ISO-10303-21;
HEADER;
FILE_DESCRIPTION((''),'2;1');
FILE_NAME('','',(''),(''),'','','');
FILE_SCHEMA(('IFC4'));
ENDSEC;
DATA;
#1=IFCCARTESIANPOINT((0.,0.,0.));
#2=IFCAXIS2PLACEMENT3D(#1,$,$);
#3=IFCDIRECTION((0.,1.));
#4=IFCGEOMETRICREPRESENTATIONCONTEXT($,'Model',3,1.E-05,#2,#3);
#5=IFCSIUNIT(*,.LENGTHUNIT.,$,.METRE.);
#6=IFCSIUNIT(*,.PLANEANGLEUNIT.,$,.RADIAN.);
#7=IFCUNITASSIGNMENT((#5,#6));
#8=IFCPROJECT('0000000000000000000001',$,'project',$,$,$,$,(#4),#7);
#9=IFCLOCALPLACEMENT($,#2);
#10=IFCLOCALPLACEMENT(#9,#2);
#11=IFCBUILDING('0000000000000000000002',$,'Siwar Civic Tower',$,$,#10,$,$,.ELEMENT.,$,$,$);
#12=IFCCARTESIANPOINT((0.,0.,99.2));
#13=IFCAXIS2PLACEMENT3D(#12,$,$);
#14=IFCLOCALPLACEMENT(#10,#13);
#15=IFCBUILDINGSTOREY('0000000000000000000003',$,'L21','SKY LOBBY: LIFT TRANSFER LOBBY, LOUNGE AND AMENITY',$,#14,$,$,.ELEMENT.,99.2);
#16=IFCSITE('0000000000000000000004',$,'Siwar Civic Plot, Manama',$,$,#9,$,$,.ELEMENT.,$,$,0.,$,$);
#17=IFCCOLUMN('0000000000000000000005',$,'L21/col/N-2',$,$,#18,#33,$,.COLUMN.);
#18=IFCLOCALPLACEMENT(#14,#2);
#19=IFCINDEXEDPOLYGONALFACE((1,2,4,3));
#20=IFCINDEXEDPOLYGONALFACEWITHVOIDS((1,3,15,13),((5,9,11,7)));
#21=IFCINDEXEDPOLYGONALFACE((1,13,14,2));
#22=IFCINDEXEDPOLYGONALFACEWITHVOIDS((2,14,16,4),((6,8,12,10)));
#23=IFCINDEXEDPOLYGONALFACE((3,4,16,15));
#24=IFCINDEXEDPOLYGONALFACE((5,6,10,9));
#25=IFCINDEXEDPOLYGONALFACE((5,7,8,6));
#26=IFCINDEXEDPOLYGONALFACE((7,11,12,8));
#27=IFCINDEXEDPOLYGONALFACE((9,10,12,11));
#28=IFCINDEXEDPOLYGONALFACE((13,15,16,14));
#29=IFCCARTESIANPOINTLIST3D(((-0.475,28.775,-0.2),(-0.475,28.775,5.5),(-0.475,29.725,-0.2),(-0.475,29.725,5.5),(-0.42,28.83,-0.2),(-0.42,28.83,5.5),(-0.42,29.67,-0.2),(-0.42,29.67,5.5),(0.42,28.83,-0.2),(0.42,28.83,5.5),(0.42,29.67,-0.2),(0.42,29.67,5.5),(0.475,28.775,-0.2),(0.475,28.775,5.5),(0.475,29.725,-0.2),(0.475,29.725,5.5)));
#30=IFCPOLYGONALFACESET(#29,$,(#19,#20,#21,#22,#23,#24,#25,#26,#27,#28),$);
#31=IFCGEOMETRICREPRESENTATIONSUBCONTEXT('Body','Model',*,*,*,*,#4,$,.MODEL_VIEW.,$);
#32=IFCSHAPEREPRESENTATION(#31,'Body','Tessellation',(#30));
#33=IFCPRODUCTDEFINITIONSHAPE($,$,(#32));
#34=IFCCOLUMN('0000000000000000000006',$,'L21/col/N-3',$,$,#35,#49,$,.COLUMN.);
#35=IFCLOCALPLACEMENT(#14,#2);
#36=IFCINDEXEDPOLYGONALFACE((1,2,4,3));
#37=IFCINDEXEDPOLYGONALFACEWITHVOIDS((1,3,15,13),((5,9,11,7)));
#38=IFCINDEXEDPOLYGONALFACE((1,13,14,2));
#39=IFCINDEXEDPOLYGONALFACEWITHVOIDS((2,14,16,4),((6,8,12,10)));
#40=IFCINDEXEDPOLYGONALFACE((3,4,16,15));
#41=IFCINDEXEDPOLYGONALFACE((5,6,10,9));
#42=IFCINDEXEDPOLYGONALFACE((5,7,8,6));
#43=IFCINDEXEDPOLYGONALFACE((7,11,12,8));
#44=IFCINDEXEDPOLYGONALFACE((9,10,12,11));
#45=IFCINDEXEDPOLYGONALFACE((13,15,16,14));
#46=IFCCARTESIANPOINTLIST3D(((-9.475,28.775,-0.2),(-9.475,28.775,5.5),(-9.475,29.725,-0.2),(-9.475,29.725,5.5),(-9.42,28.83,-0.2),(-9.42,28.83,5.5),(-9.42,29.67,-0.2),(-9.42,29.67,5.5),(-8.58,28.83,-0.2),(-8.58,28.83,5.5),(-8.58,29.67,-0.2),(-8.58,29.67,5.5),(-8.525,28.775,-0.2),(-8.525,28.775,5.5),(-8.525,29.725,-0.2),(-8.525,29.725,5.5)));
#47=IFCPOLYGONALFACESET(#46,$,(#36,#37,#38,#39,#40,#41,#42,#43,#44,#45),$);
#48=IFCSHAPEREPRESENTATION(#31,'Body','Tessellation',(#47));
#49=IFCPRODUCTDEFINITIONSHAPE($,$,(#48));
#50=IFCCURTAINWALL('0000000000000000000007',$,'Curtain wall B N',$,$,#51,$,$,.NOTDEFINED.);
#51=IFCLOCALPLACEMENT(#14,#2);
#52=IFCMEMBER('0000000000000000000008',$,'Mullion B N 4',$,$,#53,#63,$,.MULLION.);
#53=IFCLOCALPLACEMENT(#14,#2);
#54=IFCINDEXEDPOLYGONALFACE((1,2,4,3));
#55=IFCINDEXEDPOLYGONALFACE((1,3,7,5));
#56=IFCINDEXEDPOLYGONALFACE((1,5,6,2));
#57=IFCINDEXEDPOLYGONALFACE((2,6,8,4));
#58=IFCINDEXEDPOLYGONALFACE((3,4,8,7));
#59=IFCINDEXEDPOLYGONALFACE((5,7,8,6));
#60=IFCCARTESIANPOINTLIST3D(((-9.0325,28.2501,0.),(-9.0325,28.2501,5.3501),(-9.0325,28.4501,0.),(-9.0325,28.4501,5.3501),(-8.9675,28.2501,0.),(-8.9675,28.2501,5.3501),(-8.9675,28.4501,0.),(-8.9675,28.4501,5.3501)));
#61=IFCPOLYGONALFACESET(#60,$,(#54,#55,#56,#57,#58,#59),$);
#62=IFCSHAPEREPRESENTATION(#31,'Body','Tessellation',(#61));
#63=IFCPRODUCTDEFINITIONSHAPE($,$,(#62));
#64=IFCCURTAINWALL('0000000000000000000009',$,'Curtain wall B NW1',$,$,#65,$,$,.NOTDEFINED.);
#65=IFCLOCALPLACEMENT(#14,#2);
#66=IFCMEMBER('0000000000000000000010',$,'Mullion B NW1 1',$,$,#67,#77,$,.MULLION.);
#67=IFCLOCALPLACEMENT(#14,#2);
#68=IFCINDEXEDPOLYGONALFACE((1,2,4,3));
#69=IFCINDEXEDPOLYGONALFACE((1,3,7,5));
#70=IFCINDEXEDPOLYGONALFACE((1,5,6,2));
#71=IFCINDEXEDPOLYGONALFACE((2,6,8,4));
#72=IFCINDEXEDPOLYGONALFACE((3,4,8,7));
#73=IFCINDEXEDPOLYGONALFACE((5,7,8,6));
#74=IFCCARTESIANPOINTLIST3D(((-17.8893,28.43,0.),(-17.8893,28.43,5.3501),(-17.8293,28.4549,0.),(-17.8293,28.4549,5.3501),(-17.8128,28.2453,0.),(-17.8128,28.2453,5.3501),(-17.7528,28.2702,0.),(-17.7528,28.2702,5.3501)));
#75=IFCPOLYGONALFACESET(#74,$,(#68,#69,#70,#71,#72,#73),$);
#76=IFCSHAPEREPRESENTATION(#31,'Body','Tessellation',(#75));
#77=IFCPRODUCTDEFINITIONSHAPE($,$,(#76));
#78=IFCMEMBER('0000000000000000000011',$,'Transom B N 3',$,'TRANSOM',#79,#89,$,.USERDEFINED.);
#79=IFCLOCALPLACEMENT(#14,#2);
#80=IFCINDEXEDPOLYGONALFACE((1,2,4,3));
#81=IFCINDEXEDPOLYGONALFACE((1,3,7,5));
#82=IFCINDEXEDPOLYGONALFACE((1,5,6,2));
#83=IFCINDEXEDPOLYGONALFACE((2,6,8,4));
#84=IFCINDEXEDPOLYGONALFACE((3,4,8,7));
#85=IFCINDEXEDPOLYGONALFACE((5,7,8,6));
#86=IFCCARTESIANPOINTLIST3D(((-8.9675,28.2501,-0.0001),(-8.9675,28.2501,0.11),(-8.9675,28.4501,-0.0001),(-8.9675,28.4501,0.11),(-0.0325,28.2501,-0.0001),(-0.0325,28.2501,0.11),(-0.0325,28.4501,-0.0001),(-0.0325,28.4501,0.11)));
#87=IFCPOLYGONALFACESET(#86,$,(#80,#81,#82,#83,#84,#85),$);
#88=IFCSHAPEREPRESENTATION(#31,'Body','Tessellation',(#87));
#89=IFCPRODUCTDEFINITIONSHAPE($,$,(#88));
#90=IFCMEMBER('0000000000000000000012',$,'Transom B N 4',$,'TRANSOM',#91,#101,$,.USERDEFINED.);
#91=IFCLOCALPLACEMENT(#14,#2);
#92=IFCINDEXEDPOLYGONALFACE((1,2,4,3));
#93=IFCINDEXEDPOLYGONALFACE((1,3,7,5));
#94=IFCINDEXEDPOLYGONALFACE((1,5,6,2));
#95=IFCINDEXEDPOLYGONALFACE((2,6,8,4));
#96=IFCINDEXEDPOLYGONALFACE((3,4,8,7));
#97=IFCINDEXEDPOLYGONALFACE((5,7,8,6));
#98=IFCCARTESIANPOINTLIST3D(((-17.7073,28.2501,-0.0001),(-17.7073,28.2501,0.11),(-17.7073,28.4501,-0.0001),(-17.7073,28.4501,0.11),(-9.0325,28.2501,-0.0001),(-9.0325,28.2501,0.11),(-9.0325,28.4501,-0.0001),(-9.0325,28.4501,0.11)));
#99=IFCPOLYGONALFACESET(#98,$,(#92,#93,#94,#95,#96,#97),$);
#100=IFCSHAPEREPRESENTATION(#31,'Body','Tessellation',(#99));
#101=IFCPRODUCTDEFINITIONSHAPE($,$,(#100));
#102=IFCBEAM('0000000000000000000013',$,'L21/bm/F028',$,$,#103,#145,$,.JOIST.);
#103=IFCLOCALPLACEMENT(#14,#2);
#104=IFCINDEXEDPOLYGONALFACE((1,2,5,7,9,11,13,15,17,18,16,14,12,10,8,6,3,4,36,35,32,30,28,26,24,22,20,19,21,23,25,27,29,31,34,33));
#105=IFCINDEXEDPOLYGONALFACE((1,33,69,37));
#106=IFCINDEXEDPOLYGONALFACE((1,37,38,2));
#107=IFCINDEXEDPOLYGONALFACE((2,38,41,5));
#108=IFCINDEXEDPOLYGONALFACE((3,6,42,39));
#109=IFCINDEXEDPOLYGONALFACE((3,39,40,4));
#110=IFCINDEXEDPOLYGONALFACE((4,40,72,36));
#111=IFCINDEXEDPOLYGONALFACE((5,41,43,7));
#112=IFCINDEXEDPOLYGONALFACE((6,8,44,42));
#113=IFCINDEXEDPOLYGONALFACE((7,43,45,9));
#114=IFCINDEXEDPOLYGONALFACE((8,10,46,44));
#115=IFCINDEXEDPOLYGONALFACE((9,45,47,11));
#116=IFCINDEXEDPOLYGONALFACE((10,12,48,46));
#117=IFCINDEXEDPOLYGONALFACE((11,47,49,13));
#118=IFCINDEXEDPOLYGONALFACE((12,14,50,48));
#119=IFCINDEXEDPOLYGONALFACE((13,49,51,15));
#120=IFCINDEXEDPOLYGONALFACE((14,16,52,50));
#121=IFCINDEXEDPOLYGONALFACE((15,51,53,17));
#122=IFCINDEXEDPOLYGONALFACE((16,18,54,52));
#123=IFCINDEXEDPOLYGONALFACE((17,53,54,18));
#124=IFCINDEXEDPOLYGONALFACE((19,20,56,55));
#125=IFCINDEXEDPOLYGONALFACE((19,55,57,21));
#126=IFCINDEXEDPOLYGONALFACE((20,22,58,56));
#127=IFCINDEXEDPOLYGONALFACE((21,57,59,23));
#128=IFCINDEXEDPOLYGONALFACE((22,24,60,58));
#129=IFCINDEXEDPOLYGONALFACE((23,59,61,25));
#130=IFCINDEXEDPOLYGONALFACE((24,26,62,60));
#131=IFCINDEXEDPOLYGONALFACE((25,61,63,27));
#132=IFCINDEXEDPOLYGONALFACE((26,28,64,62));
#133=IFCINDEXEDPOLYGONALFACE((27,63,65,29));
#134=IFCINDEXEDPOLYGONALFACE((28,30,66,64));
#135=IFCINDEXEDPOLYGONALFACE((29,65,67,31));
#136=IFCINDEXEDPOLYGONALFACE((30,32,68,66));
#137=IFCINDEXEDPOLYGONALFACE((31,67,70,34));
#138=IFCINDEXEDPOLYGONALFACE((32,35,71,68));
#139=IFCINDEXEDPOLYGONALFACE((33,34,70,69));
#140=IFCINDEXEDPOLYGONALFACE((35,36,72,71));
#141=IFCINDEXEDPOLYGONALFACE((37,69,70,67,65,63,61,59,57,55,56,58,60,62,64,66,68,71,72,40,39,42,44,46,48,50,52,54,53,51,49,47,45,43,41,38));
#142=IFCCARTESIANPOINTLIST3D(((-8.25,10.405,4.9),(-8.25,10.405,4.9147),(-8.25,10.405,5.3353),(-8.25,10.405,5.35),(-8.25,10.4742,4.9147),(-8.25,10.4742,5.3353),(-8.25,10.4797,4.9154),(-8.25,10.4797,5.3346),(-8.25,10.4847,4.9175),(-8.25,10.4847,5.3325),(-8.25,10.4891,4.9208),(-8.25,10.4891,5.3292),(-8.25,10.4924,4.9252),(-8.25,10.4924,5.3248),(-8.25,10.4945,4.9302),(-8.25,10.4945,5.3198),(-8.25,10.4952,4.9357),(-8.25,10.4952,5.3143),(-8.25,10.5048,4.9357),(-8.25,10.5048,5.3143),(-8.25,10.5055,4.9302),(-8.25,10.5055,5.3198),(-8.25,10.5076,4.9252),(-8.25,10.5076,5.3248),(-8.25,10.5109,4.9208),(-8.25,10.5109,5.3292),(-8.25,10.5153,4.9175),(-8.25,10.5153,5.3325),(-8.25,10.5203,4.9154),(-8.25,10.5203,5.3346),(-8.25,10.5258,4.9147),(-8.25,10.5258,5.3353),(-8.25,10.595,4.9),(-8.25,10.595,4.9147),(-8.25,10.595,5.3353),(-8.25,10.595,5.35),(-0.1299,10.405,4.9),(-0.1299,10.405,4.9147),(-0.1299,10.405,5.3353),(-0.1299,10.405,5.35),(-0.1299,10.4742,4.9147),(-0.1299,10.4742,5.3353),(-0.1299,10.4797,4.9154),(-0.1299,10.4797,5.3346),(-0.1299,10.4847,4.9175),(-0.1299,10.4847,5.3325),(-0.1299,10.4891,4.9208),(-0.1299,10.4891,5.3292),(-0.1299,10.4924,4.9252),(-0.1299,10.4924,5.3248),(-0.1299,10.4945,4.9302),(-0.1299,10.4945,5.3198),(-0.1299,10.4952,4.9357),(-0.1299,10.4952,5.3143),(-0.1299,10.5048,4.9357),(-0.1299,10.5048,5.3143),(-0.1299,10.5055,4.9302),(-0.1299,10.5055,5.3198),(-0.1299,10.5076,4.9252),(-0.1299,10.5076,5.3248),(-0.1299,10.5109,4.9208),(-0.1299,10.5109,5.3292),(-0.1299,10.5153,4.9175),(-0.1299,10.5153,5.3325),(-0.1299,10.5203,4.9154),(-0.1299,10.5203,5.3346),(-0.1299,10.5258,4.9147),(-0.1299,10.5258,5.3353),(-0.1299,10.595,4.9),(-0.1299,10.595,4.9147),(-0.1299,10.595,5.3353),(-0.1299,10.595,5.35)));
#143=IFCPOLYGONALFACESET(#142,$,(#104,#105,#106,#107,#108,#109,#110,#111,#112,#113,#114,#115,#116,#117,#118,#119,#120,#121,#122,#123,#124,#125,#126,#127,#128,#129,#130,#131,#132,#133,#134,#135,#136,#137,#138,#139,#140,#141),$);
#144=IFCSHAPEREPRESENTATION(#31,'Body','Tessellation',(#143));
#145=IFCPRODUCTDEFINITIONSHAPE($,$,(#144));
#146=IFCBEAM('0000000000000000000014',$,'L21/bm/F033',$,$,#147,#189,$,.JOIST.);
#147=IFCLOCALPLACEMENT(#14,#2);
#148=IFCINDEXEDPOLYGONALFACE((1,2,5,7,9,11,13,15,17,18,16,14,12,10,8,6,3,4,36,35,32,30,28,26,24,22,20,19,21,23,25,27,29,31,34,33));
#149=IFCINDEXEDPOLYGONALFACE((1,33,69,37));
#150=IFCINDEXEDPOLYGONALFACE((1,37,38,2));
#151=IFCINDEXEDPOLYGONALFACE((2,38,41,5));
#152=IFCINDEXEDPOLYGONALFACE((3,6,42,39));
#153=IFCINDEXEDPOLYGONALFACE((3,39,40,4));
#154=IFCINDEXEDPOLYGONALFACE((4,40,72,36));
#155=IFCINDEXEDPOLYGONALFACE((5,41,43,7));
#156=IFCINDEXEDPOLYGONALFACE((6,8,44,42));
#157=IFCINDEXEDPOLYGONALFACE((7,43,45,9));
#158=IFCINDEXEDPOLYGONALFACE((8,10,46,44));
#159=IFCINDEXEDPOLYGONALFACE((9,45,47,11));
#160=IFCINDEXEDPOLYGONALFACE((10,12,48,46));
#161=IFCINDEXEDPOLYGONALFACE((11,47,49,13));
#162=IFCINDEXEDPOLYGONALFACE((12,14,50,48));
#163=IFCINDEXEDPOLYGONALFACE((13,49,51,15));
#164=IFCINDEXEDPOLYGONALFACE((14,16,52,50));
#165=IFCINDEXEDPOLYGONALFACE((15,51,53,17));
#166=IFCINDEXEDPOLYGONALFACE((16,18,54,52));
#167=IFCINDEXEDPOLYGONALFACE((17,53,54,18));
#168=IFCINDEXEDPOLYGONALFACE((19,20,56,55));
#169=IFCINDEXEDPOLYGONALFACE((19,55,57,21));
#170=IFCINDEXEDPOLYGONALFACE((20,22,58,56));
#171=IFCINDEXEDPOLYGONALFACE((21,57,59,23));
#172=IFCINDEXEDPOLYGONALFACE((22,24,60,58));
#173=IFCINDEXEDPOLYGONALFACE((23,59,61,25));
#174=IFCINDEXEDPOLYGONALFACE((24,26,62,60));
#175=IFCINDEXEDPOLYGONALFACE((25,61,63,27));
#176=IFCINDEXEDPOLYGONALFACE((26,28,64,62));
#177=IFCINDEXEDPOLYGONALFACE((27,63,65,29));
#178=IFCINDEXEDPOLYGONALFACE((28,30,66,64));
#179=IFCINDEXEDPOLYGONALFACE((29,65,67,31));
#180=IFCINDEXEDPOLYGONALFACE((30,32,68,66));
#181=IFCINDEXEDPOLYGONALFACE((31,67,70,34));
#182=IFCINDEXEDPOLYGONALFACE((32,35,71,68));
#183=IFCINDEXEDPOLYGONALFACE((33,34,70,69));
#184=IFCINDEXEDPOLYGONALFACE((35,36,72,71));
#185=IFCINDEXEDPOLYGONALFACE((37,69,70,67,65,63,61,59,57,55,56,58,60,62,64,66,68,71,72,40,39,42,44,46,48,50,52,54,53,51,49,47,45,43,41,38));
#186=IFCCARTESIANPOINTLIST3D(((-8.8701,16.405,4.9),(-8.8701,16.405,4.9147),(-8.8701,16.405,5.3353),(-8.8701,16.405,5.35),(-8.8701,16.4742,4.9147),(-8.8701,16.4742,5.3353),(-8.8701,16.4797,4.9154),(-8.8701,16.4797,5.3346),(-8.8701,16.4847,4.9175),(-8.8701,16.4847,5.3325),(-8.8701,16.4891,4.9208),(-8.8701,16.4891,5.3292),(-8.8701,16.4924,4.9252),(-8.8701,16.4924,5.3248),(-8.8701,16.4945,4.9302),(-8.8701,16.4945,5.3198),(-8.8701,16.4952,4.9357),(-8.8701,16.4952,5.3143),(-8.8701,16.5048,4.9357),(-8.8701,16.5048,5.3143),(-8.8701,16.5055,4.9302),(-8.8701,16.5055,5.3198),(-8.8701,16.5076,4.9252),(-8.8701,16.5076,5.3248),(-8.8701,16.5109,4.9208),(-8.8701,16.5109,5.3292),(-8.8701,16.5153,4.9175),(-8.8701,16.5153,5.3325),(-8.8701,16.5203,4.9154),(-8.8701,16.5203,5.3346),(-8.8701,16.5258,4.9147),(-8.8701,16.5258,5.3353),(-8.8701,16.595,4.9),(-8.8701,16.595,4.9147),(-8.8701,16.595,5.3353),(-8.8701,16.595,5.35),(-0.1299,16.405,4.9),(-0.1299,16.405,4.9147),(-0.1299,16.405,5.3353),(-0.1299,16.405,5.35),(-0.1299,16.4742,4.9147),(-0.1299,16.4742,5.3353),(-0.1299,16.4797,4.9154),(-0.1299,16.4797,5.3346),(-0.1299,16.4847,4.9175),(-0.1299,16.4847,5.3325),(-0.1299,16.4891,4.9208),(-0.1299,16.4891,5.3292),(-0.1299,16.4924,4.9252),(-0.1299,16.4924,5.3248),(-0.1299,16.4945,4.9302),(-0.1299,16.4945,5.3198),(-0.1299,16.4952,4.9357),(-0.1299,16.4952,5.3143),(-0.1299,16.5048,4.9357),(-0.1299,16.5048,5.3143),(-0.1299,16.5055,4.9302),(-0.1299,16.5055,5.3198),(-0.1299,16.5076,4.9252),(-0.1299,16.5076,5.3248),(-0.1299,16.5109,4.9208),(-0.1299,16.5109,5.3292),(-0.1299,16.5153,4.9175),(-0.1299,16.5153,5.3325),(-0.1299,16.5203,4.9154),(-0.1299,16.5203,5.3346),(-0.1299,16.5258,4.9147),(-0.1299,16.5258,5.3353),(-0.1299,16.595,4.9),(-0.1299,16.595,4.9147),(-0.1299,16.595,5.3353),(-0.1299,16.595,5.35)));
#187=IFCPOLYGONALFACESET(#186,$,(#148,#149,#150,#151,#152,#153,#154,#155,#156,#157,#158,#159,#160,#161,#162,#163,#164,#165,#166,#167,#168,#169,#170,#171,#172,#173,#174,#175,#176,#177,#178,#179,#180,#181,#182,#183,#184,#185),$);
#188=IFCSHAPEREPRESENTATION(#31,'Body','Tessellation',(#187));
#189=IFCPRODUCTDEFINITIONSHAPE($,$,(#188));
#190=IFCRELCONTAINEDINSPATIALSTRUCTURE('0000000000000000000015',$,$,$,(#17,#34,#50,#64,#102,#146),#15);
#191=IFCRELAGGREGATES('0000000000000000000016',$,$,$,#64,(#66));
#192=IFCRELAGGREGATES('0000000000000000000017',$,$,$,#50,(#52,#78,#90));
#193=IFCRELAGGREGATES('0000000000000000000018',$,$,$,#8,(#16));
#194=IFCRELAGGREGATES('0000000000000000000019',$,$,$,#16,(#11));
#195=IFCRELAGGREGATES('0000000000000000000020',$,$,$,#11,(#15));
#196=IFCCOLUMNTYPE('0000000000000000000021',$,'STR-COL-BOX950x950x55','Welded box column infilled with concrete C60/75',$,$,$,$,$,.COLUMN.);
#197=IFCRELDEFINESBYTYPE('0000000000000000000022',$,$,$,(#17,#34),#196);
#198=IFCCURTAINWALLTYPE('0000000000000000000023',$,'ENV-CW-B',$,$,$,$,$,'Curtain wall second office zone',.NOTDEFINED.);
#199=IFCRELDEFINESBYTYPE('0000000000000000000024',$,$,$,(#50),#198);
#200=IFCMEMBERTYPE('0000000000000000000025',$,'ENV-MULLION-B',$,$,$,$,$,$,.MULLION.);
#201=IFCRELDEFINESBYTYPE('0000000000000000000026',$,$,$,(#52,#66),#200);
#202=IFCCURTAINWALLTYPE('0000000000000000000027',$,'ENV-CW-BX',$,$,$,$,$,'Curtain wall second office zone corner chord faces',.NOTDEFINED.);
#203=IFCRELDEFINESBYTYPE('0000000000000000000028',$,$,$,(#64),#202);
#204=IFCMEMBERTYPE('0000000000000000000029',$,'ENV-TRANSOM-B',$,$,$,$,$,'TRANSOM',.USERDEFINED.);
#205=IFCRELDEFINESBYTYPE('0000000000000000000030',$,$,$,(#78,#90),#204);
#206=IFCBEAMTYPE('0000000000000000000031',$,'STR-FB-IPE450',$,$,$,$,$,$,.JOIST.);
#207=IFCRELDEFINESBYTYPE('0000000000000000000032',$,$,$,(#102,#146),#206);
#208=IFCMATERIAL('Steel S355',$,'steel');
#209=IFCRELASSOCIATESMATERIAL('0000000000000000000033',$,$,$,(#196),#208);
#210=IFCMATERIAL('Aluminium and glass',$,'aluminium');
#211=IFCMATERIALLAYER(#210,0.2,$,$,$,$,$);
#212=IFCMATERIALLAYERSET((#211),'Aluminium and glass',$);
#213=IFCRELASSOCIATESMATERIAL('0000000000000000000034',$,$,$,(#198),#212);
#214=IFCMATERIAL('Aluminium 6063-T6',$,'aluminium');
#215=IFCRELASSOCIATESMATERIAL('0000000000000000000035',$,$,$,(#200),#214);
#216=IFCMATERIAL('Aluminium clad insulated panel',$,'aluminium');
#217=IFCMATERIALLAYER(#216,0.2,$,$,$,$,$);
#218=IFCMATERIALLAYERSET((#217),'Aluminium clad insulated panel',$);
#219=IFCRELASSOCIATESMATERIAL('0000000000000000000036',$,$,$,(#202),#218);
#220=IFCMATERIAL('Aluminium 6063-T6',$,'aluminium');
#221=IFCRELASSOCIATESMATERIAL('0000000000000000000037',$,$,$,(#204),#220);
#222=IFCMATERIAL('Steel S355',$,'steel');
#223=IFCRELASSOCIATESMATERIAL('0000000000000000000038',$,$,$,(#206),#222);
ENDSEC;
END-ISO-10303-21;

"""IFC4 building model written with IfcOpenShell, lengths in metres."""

from ifc_helpers import new_model, si_unit, direction, frame, origin, origin_2d, place, context, subcontext, project, spatial, rectangle, hollow_rectangle, i_section, extrude, material, layer, layer_set, material_profile, profile_set, type_object, element, aggregate, save


model = new_model("IFC4")

# Units and contexts
model_context = context("Model", 3, precision=1e-05, world=origin(), true_north=direction((0.0, 1.0)))
body_context = subcontext(model_context, "Body", "Model", "MODEL_VIEW")
ifc_project = project(units=[si_unit("LENGTHUNIT", "METRE"), si_unit("PLANEANGLEUNIT", "RADIAN")], contexts=[model_context])

# Site, building, storey
site_placement = place(None, origin())
site = spatial("IfcSite", under=ifc_project, at=site_placement, Name="Siwar Civic Plot, Manama", CompositionType="ELEMENT", RefElevation=0.0)
building_placement = place(site_placement, origin())
building = spatial("IfcBuilding", under=site, at=building_placement, Name="Siwar Civic Tower", CompositionType="ELEMENT")
storey_placement = place(building_placement, frame((0.0, 0.0, 99.2)))
storey = spatial("IfcBuildingStorey", under=building, at=storey_placement, Name="L21", Description="SKY LOBBY: LIFT TRANSFER LOBBY, LOUNGE AND AMENITY", CompositionType="ELEMENT", Elevation=99.2)

# Columns
ifc_material_1 = material(Name="Steel S355", Category="steel")
ifc_material_profile_1 = material_profile(ifc_material_1, hollow_rectangle(XDim=0.95, YDim=0.95, WallThickness=0.0549, at=origin_2d()), Name="BOX950x950x55")
ifc_profile_set_1 = profile_set([ifc_material_profile_1], Name="Steel S355")
column_type = type_object("IfcColumnType", Name="STR-COL-BOX950x950x55", Description="Welded box column infilled with concrete C60/75", PredefinedType="COLUMN", material=ifc_profile_set_1)
for number, where, z_axis, x_axis, name in (
    (1, (0.0, 29.25, -0.2), (0.0, 0.0, 1.0), (1.0, 0.0, 0.0), "L21/col/N-2"),
    (2, (-9.0, 29.25, -0.2), (0.0, 0.0, 1.0), (1.0, 0.0, 0.0), "L21/col/N-3"),
):
    element("IfcColumn", number, at=place(storey_placement, frame(where, z_axis=z_axis, x_axis=x_axis)), inside=storey, type_object=column_type, Name=name, PredefinedType="COLUMN", context=body_context, shape_type="SweptSolid", body=[
        extrude(hollow_rectangle(XDim=0.95, YDim=0.95, WallThickness=0.0549, at=origin_2d()), origin(), (0.0, 0.0, 1.0), 5.7),
    ])

# Curtain walls, members
ifc_material_2 = material(Name="Aluminium and glass", Category="aluminium")
ifc_layer_1 = layer(ifc_material_2, 0.2)
ifc_layer_set_1 = layer_set([ifc_layer_1], Name="Aluminium and glass")
curtain_wall_type_1 = type_object("IfcCurtainWallType", Name="ENV-CW-B", ElementType="Curtain wall second office zone", PredefinedType="NOTDEFINED", material=ifc_layer_set_1)
curtain_wall_1_placement = place(storey_placement, origin())
curtain_wall_1 = element("IfcCurtainWall", 3, at=curtain_wall_1_placement, inside=storey, type_object=curtain_wall_type_1, Name="Curtain wall B N", PredefinedType="NOTDEFINED")
ifc_material_3 = material(Name="Aluminium 6063-T6", Category="aluminium")
ifc_material_profile_2 = material_profile(ifc_material_3, rectangle(XDim=0.2, YDim=0.0649, at=origin_2d()), Name="AL 200x65")
ifc_profile_set_2 = profile_set([ifc_material_profile_2], Name="Aluminium 6063-T6")
member_type_1 = type_object("IfcMemberType", Name="ENV-MULLION-B", PredefinedType="MULLION", material=ifc_profile_set_2)
member_1_placement = place(storey_placement, frame((-9.0, 28.3501, 0.0), z_axis=(0.0, 0.0, 1.0), x_axis=(0.0, -1.0, 0.0)))
member_1 = element("IfcMember", 4, at=member_1_placement, type_object=member_type_1, Name="Mullion B N 4", PredefinedType="MULLION", context=body_context, shape_type="SweptSolid", body=[
    extrude(rectangle(XDim=0.2, YDim=0.0649, at=origin_2d()), origin(), (0.0, 0.0, 1.0), 5.3501),
])
ifc_material_4 = material(Name="Aluminium clad insulated panel", Category="aluminium")
ifc_layer_2 = layer(ifc_material_4, 0.2)
ifc_layer_set_2 = layer_set([ifc_layer_2], Name="Aluminium clad insulated panel")
curtain_wall_type_2 = type_object("IfcCurtainWallType", Name="ENV-CW-BX", ElementType="Curtain wall second office zone corner chord faces", PredefinedType="NOTDEFINED", material=ifc_layer_set_2)
curtain_wall_2_placement = place(storey_placement, origin())
curtain_wall_2 = element("IfcCurtainWall", 5, at=curtain_wall_2_placement, inside=storey, type_object=curtain_wall_type_2, Name="Curtain wall B NW1", PredefinedType="NOTDEFINED")
member_2_placement = place(storey_placement, frame((-17.821, 28.3501, 0.0), z_axis=(0.0, 0.0, 1.0), x_axis=(0.382683, -0.92388, 0.0)))
member_2 = element("IfcMember", 6, at=member_2_placement, type_object=member_type_1, Name="Mullion B NW1 1", PredefinedType="MULLION", context=body_context, shape_type="SweptSolid", body=[
    extrude(rectangle(XDim=0.2, YDim=0.0649, at=origin_2d()), origin(), (0.0, 0.0, 1.0), 5.3501),
])
aggregate(curtain_wall_2, [member_2])

# Members
ifc_material_5 = material(Name="Aluminium 6063-T6", Category="aluminium")
ifc_material_profile_3 = material_profile(ifc_material_5, rectangle(XDim=0.2, YDim=0.1101, at=origin_2d()), Name="AL 200x110")
ifc_profile_set_3 = profile_set([ifc_material_profile_3], Name="Aluminium 6063-T6")
member_type_2 = type_object("IfcMemberType", Name="ENV-TRANSOM-B", ElementType="TRANSOM", PredefinedType="USERDEFINED", material=ifc_profile_set_3)
member_3_placement = place(storey_placement, frame((-0.0325, 28.3501, 0.0549), z_axis=(-1.0, 0.0, 0.0), x_axis=(0.0, -1.0, 0.0)))
member_3 = element("IfcMember", 7, at=member_3_placement, type_object=member_type_2, Name="Transom B N 3", ObjectType="TRANSOM", PredefinedType="USERDEFINED", context=body_context, shape_type="SweptSolid", body=[
    extrude(rectangle(XDim=0.2, YDim=0.1101, at=origin_2d()), origin(), (0.0, 0.0, 1.0), 8.9351),
])
member_4_placement = place(storey_placement, frame((-9.0325, 28.3501, 0.0549), z_axis=(-1.0, 0.0, 0.0), x_axis=(0.0, -1.0, 0.0)))
member_4 = element("IfcMember", 8, at=member_4_placement, type_object=member_type_2, Name="Transom B N 4", ObjectType="TRANSOM", PredefinedType="USERDEFINED", context=body_context, shape_type="SweptSolid", body=[
    extrude(rectangle(XDim=0.2, YDim=0.1101, at=origin_2d()), origin(), (0.0, 0.0, 1.0), 8.6748),
])

# Beams
ifc_material_6 = material(Name="Steel S355", Category="steel")
ifc_material_profile_4 = material_profile(ifc_material_6, i_section(OverallWidth=0.1899, OverallDepth=0.45, WebThickness=0.0095, FlangeThickness=0.0146, FilletRadius=0.021, at=origin_2d()), Name="IPE450")
ifc_profile_set_4 = profile_set([ifc_material_profile_4], Name="Steel S355")
beam_type_1 = type_object("IfcBeamType", Name="STR-FB-IPE450", PredefinedType="JOIST", material=ifc_profile_set_4)
beam_1_placement = place(storey_placement, frame((-8.25, 10.5, 5.125), z_axis=(1.0, 0.0, 0.0), x_axis=(0.0, 1.0, 0.0)))
element("IfcBeam", 9, at=beam_1_placement, inside=storey, type_object=beam_type_1, Name="L21/bm/F028", PredefinedType="JOIST", context=body_context, shape_type="SweptSolid", body=[
    extrude(i_section(OverallWidth=0.1899, OverallDepth=0.45, WebThickness=0.0095, FlangeThickness=0.0146, FilletRadius=0.021, at=origin_2d()), origin(), (0.0, 0.0, 1.0), 8.1201),
])
for number, where, z_axis, x_axis, name in (
    (10, (-8.8701, 16.5, 5.125), (1.0, 0.0, 0.0), (0.0, 1.0, 0.0), "L21/bm/F033"),
):
    element("IfcBeam", number, at=place(storey_placement, frame(where, z_axis=z_axis, x_axis=x_axis)), inside=storey, type_object=beam_type_1, Name=name, PredefinedType="JOIST", context=body_context, shape_type="SweptSolid", body=[
        extrude(i_section(OverallWidth=0.1899, OverallDepth=0.45, WebThickness=0.0095, FlangeThickness=0.0146, FilletRadius=0.021, at=origin_2d()), origin(), (0.0, 0.0, 1.0), 8.7402),
    ])

aggregate(curtain_wall_1, [member_1, member_3, member_4])

save(model, "model.ifc")
